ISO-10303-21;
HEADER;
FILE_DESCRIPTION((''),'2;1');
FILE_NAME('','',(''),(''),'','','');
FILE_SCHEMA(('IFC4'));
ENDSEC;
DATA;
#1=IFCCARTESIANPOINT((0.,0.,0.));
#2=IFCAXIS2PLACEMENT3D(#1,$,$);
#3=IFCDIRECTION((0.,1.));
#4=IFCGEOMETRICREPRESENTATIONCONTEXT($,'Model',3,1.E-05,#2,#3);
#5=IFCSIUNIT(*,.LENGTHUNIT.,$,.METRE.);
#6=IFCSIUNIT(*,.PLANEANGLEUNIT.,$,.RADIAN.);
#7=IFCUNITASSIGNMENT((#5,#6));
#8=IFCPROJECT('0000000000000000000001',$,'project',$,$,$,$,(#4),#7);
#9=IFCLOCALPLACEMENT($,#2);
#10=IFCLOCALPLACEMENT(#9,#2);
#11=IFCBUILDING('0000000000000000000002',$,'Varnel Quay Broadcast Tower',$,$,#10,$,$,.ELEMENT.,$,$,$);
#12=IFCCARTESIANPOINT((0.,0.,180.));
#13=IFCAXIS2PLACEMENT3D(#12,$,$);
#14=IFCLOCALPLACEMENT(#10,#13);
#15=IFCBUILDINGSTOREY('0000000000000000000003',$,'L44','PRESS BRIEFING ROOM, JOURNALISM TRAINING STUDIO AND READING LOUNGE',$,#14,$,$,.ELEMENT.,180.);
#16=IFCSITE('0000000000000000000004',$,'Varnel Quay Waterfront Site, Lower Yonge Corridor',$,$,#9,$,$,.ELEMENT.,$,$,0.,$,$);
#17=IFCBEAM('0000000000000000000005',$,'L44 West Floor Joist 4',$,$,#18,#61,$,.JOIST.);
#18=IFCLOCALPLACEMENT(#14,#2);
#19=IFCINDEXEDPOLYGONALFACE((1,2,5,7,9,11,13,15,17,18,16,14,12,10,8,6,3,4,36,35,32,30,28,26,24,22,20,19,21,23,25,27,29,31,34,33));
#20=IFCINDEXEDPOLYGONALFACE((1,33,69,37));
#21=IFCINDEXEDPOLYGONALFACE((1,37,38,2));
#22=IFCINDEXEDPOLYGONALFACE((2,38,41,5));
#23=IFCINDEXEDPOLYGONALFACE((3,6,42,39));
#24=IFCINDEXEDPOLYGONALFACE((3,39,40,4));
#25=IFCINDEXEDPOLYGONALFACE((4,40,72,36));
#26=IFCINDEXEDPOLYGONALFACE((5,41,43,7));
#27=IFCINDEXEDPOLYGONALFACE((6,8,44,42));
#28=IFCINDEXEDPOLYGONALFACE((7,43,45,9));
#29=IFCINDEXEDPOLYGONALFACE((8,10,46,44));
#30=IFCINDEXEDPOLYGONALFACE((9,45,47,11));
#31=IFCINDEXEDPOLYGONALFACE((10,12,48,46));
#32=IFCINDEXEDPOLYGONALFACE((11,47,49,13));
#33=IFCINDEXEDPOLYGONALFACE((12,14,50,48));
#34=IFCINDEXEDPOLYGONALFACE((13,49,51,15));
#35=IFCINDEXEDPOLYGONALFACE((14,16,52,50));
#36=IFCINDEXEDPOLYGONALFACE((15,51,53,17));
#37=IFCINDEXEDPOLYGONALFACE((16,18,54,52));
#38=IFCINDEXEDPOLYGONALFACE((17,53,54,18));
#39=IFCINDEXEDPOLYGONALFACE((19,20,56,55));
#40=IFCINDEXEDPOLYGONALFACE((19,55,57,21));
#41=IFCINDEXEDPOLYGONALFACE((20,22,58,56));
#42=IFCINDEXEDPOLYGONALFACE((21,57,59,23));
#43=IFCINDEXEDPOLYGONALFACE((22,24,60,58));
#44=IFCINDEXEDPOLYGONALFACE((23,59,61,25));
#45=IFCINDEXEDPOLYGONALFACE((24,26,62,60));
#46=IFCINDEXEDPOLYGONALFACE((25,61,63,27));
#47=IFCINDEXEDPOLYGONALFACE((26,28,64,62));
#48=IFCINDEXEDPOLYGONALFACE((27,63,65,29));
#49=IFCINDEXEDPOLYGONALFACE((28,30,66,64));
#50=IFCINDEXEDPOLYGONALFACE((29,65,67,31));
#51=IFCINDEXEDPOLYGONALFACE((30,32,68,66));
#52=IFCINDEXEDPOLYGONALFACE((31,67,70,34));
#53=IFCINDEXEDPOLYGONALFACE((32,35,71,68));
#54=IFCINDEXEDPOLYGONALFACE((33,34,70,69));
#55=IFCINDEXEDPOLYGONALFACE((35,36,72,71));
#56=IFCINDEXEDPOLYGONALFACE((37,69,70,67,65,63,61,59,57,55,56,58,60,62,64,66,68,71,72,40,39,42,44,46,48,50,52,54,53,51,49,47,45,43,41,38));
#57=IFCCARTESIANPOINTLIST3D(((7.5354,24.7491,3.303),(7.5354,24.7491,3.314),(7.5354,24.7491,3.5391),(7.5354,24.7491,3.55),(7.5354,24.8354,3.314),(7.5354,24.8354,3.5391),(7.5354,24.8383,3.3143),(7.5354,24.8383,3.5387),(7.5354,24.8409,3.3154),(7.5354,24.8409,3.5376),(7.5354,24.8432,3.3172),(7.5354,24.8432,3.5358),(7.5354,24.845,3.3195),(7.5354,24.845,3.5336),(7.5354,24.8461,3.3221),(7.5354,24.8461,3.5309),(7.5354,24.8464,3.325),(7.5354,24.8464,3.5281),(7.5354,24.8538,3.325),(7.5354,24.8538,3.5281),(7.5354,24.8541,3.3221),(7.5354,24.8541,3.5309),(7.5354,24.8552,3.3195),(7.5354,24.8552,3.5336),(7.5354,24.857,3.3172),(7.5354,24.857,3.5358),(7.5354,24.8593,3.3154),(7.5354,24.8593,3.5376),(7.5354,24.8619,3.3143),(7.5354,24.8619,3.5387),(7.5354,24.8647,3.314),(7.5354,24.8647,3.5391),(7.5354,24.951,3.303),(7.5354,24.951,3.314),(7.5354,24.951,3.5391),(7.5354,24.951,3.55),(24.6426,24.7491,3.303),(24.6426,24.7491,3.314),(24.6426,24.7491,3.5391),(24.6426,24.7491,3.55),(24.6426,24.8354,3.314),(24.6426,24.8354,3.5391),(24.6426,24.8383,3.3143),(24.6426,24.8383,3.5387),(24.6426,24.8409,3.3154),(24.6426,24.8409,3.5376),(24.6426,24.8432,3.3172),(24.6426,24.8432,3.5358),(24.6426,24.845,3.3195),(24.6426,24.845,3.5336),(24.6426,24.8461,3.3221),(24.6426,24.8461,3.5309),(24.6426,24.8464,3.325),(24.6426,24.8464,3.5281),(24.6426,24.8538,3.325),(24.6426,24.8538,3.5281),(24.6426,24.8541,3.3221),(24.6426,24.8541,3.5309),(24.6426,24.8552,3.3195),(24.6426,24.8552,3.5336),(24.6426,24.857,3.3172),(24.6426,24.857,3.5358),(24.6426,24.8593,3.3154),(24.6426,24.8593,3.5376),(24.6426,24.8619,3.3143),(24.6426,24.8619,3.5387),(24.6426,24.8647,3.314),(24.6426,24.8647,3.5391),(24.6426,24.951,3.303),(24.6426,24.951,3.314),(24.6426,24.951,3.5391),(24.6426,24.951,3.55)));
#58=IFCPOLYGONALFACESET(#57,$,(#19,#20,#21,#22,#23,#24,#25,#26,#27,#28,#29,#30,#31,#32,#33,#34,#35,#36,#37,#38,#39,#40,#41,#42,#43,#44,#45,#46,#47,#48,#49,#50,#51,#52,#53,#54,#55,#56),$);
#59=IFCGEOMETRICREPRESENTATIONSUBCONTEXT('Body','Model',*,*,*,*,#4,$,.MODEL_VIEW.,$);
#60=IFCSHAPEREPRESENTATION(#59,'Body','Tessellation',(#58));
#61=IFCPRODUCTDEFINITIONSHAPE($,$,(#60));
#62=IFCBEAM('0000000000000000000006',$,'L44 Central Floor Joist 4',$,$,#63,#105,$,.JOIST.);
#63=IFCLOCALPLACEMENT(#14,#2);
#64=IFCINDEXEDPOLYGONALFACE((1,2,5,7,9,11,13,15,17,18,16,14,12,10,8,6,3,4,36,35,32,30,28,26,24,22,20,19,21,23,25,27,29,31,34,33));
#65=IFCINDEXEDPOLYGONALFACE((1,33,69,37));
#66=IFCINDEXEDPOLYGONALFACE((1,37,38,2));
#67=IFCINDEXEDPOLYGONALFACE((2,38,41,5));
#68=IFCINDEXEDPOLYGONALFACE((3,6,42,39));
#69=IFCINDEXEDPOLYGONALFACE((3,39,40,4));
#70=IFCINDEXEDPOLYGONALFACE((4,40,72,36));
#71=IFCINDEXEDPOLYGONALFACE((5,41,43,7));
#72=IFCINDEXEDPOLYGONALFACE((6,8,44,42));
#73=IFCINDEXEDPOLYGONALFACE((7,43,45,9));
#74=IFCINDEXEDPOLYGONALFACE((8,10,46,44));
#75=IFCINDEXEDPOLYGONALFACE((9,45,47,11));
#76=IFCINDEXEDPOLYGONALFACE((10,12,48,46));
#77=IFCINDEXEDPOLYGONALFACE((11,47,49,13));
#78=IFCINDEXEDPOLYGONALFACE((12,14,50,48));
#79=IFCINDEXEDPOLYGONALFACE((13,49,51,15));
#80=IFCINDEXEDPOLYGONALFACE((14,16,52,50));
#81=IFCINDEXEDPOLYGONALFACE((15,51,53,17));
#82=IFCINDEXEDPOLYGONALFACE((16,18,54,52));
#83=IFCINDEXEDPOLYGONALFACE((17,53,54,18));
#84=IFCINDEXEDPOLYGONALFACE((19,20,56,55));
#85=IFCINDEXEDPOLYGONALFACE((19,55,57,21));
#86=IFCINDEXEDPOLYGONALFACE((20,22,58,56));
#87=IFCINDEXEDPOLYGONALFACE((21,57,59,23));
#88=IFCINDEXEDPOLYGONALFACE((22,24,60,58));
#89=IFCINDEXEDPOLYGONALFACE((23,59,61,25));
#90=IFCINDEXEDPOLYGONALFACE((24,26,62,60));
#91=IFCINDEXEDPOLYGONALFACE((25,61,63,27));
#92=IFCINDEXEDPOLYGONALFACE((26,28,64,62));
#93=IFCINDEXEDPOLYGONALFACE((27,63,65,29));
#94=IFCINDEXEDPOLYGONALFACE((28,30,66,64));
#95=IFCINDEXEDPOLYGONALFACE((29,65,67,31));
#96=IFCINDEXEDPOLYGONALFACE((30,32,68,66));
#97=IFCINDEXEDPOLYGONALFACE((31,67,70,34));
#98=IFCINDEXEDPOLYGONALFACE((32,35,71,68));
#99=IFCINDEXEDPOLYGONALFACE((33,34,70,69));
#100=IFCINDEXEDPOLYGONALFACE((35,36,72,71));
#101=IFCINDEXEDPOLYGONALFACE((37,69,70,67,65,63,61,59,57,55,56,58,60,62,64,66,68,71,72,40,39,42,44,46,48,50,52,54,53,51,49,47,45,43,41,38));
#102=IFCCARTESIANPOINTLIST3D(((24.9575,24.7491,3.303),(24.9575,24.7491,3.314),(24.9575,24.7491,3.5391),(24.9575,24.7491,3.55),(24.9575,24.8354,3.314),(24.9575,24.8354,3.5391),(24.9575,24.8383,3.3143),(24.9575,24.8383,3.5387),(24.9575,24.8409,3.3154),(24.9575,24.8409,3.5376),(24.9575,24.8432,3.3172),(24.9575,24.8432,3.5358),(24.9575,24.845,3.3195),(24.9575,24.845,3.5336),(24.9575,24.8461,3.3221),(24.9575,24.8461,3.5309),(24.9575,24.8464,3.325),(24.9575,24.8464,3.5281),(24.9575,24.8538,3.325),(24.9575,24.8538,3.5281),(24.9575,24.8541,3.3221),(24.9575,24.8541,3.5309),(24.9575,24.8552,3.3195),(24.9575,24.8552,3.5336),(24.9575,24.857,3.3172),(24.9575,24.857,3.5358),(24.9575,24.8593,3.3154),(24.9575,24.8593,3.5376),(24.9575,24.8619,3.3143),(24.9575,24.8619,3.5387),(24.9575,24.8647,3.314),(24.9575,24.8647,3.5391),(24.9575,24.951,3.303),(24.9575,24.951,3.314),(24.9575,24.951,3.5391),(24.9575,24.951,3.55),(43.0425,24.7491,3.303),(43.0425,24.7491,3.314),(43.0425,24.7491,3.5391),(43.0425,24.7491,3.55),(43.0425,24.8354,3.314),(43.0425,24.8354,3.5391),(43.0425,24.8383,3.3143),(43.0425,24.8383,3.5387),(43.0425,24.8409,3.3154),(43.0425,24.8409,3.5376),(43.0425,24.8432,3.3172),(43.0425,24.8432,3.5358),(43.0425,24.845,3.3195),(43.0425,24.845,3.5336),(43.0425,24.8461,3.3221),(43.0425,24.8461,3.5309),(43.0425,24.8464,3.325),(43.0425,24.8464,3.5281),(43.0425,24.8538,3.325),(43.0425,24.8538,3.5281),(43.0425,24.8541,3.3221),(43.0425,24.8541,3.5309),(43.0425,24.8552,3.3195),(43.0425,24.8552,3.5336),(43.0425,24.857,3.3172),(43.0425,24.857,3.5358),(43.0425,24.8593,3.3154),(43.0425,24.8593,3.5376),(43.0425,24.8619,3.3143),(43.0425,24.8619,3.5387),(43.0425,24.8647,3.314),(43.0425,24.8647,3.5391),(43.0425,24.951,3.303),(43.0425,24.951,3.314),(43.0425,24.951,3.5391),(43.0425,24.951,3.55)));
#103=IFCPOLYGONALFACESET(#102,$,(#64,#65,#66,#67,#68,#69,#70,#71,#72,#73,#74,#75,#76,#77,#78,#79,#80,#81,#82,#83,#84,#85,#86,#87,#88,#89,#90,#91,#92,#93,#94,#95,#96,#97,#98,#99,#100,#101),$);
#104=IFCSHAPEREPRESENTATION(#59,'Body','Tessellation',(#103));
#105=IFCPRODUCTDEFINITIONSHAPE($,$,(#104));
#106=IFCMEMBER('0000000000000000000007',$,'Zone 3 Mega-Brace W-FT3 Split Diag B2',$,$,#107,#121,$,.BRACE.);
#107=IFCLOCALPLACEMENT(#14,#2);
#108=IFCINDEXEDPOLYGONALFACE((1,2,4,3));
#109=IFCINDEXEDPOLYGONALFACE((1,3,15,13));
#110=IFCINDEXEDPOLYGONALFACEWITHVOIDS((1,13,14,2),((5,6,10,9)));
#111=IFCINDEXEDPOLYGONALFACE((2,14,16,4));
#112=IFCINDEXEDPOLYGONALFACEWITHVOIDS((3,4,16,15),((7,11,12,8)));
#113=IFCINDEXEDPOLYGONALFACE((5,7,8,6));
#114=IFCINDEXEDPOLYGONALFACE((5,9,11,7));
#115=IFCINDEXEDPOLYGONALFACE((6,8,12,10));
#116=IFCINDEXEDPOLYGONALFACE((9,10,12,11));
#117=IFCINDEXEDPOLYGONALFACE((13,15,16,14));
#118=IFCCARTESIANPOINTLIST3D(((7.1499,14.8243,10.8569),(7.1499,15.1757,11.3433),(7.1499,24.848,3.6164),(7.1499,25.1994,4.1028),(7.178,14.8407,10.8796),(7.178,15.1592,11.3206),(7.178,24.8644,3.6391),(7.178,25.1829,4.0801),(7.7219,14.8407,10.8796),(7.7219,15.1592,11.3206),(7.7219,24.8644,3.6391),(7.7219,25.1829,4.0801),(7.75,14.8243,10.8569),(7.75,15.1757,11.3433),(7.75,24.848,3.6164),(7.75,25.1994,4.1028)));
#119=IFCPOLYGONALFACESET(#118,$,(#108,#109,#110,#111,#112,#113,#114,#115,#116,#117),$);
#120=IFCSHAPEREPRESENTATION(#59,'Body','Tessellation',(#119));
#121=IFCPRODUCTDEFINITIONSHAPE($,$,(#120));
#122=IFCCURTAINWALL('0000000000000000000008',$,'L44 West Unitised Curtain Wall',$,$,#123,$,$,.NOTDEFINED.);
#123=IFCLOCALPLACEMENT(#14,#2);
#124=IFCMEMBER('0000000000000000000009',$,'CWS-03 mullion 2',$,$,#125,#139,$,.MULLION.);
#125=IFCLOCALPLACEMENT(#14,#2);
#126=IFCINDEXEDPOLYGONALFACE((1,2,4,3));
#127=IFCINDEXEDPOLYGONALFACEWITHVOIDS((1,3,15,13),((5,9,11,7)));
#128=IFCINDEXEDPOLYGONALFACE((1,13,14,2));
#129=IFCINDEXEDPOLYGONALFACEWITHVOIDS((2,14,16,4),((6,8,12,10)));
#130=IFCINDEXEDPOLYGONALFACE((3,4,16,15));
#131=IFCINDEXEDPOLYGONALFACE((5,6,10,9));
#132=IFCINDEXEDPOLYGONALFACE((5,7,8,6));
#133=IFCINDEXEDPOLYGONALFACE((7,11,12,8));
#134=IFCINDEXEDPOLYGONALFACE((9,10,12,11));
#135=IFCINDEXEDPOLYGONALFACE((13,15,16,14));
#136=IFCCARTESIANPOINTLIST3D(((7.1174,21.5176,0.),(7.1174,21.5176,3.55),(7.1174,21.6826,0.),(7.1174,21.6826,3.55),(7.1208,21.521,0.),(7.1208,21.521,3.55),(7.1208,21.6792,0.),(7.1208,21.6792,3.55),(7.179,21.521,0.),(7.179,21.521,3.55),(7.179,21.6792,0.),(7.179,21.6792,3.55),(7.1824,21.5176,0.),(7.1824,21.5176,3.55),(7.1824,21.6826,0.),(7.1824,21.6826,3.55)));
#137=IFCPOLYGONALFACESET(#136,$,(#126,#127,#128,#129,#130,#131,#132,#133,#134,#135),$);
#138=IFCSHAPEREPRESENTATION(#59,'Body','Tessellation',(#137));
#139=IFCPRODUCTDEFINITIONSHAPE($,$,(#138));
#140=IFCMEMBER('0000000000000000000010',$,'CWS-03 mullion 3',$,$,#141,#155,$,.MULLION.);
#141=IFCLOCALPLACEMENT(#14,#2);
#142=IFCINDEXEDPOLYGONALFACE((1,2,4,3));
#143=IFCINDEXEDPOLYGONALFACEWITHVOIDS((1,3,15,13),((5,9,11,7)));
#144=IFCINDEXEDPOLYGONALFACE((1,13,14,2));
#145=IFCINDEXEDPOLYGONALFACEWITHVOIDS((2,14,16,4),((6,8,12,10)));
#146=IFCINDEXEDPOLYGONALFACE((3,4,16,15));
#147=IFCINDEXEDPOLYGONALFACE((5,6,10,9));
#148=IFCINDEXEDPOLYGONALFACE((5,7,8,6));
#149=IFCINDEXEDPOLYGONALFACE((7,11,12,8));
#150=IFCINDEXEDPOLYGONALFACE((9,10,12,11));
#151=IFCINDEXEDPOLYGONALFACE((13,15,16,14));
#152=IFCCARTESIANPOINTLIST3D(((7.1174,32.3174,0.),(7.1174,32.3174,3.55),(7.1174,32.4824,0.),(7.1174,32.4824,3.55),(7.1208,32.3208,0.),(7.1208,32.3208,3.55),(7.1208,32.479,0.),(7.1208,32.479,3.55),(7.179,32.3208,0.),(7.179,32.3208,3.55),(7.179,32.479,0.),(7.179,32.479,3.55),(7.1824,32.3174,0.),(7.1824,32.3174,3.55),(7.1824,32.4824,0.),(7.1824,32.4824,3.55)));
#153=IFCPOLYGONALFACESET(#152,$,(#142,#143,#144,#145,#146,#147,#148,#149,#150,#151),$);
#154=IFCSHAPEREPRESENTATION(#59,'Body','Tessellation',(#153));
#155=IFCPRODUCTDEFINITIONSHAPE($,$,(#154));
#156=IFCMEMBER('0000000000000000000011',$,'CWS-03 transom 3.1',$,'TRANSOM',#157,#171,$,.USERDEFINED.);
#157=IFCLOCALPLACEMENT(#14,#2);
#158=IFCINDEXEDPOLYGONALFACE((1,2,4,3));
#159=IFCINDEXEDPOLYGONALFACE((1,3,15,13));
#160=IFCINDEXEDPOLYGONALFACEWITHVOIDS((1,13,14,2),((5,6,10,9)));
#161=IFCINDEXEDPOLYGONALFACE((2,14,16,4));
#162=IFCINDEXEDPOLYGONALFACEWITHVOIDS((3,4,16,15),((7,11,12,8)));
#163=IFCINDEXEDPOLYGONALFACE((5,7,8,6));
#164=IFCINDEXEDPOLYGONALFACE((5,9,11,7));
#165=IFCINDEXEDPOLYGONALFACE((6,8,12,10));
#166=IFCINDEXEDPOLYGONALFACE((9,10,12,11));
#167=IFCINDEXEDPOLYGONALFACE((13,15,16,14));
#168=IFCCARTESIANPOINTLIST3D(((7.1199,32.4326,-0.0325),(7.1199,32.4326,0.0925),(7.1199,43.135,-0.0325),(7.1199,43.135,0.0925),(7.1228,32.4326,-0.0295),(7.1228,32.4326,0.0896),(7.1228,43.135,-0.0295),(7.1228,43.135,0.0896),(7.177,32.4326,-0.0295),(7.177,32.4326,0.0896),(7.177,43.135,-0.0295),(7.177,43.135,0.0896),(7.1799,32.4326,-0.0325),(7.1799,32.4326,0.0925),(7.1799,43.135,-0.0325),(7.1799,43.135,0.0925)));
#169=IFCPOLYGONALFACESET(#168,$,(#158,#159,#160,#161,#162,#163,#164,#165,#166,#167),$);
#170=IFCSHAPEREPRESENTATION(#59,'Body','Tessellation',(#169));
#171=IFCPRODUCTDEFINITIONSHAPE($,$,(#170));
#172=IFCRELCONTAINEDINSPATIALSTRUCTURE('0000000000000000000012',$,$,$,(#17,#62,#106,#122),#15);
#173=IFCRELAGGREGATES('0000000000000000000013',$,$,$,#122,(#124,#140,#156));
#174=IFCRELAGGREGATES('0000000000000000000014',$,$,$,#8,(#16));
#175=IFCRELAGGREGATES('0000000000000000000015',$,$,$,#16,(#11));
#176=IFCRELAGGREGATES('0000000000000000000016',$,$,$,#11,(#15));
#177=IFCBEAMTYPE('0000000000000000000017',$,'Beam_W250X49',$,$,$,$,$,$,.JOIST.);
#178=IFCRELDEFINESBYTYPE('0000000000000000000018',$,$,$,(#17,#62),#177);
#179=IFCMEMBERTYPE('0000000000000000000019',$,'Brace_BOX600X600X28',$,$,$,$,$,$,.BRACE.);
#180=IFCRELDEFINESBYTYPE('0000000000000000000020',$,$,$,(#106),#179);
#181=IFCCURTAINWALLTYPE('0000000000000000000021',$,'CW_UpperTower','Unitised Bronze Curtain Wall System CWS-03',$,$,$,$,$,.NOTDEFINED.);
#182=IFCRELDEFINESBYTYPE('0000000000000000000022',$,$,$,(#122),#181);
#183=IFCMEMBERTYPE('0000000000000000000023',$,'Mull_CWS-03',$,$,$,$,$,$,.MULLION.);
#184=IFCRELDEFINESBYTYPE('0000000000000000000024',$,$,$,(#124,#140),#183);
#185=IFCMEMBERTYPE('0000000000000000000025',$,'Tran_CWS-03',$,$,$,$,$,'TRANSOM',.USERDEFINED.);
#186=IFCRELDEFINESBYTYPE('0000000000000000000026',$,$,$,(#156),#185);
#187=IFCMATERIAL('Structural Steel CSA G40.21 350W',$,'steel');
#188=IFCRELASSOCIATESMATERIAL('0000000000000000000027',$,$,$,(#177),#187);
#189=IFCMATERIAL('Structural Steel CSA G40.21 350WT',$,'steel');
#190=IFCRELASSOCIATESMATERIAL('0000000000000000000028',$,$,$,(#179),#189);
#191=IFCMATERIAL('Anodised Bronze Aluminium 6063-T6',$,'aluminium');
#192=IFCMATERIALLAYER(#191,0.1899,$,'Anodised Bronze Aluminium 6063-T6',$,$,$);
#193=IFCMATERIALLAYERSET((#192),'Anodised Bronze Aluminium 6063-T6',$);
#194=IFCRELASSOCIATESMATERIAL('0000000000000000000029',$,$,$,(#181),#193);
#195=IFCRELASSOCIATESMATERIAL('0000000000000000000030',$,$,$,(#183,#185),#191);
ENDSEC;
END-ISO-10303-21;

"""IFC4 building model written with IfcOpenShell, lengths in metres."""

from ifc_helpers import new_model, si_unit, direction, frame, origin, origin_2d, place, context, subcontext, project, spatial, hollow_rectangle, i_section, extrude, source, transform, mapped, material, layer, layer_set, material_profile, profile_set, type_object, type_shapes, element, aggregate, save


model = new_model("IFC4")

# Units and contexts
model_context = context("Model", 3, precision=1e-05, world=origin(), true_north=direction((0.0, 1.0)))
body_context = subcontext(model_context, "Body", "Model", "MODEL_VIEW")
ifc_project = project(units=[si_unit("LENGTHUNIT", "METRE"), si_unit("PLANEANGLEUNIT", "RADIAN")], contexts=[model_context])

# Site, building, storey
site_placement = place(None, origin())
site = spatial("IfcSite", under=ifc_project, at=site_placement, Name="Varnel Quay Waterfront Site, Lower Yonge Corridor", CompositionType="ELEMENT", RefElevation=0.0)
building_placement = place(site_placement, origin())
building = spatial("IfcBuilding", under=site, at=building_placement, Name="Varnel Quay Broadcast Tower", CompositionType="ELEMENT")
storey_placement = place(building_placement, frame((0.0, 0.0, 180.0)))
storey = spatial("IfcBuildingStorey", under=building, at=storey_placement, Name="L44", Description="PRESS BRIEFING ROOM, JOURNALISM TRAINING STUDIO AND READING LOUNGE", CompositionType="ELEMENT", Elevation=180.0)

# Shared definitions
ifc_material_1 = material(Name="Structural Steel CSA G40.21 350WT", Category="steel")
ifc_material_2 = material(Name="Structural Steel CSA G40.21 350W", Category="steel")

# Beams
ifc_material_profile_1 = material_profile(ifc_material_2, i_section(OverallWidth=0.2019, OverallDepth=0.2471, WebThickness=0.0073, FlangeThickness=0.011, FilletRadius=0.011, at=origin_2d()), Name="W250X49")
ifc_profile_set_1 = profile_set([ifc_material_profile_1], Name="Structural Steel CSA G40.21 350W")
beam_type_1 = type_object("IfcBeamType", Name="Beam_W250X49", PredefinedType="JOIST", material=ifc_profile_set_1)
shared_shape_1 = source(origin(), body_context, "Body", "SweptSolid", [
    extrude(i_section(OverallWidth=0.2019, OverallDepth=0.2471, WebThickness=0.0073, FlangeThickness=0.011, FilletRadius=0.011, at=origin_2d()), origin(), (0.0, 0.0, 1.0), 17.1072),
])
beam_1_placement = place(storey_placement, frame((7.5354, 24.8501, 3.4265), z_axis=(1.0, 0.0, 0.0), x_axis=(0.0, 1.0, 0.0)))
element("IfcBeam", 1, at=beam_1_placement, inside=storey, type_object=beam_type_1, Name="L44 West Floor Joist 4", PredefinedType="JOIST", context=body_context, shape_type="MappedRepresentation", body=[
    mapped(shared_shape_1, transform((0.0, 0.0, 0.0), x_axis=(1.0, 0.0, 0.0), y_axis=(0.0, 1.0, 0.0), z_axis=(0.0, 0.0, 1.0), scale=1.0)),
])
shared_shape_2 = source(origin(), body_context, "Body", "SweptSolid", [
    extrude(i_section(OverallWidth=0.2019, OverallDepth=0.2471, WebThickness=0.0073, FlangeThickness=0.011, FilletRadius=0.011, at=origin_2d()), origin(), (0.0, 0.0, 1.0), 18.085),
])
type_shapes(beam_type_1, [shared_shape_1, shared_shape_2])
beam_2_placement = place(storey_placement, frame((24.9575, 24.8501, 3.4265), z_axis=(1.0, 0.0, 0.0), x_axis=(0.0, 1.0, 0.0)))
element("IfcBeam", 2, at=beam_2_placement, inside=storey, type_object=beam_type_1, Name="L44 Central Floor Joist 4", PredefinedType="JOIST", context=body_context, shape_type="MappedRepresentation", body=[
    mapped(shared_shape_2, transform((0.0, 0.0, 0.0), x_axis=(1.0, 0.0, 0.0), y_axis=(0.0, 1.0, 0.0), z_axis=(0.0, 0.0, 1.0), scale=1.0)),
])

# Member
ifc_material_profile_2 = material_profile(ifc_material_1, hollow_rectangle(XDim=0.6001, YDim=0.6001, WallThickness=0.0281, at=origin_2d()), Name="BOX600X600X28")
ifc_profile_set_2 = profile_set([ifc_material_profile_2], Name="Structural Steel CSA G40.21 350WT")
member_type_1 = type_object("IfcMemberType", Name="Brace_BOX600X600X28", PredefinedType="BRACE", material=ifc_profile_set_2)
shared_shape_3 = source(origin(), body_context, "Body", "SweptSolid", [
    extrude(hollow_rectangle(XDim=0.6001, YDim=0.6001, WallThickness=0.0281, at=origin_2d()), origin(), (0.0, 0.0, 1.0), 12.3652),
])
type_shapes(member_type_1, [shared_shape_3])
member_1_placement = place(storey_placement, frame((7.45, 25.0237, 3.8596), z_axis=(0.0, -0.810635, 0.585552), x_axis=(1.0, 0.0, 0.0)))
element("IfcMember", 3, at=member_1_placement, inside=storey, type_object=member_type_1, Name="Zone 3 Mega-Brace W-FT3 Split Diag B2", PredefinedType="BRACE", context=body_context, shape_type="MappedRepresentation", body=[
    mapped(shared_shape_3, transform((0.0, 0.0, 0.0), x_axis=(1.0, 0.0, 0.0), y_axis=(0.0, 1.0, 0.0), z_axis=(0.0, 0.0, 1.0), scale=1.0)),
])

# Curtain wall, members
ifc_material_3 = material(Name="Anodised Bronze Aluminium 6063-T6", Category="aluminium")
ifc_layer_1 = layer(ifc_material_3, 0.1899, Name="Anodised Bronze Aluminium 6063-T6")
ifc_layer_set_1 = layer_set([ifc_layer_1], Name="Anodised Bronze Aluminium 6063-T6")
curtain_wall_type = type_object("IfcCurtainWallType", Name="CW_UpperTower", Description="Unitised Bronze Curtain Wall System CWS-03", PredefinedType="NOTDEFINED", material=ifc_layer_set_1)
curtain_wall_placement = place(storey_placement, origin())
curtain_wall = element("IfcCurtainWall", 4, at=curtain_wall_placement, inside=storey, type_object=curtain_wall_type, Name="L44 West Unitised Curtain Wall", PredefinedType="NOTDEFINED")
ifc_material_profile_3 = material_profile(ifc_material_3, hollow_rectangle(XDim=0.0649, YDim=0.165, WallThickness=0.0034, at=origin_2d()), Name="ALU65X165X3.5")
ifc_profile_set_3 = profile_set([ifc_material_profile_3], Name="Anodised Bronze Aluminium 6063-T6")
member_type_2 = type_object("IfcMemberType", Name="Mull_CWS-03", PredefinedType="MULLION", material=ifc_profile_set_3)
shared_shape_4 = source(origin(), body_context, "Body", "SweptSolid", [
    extrude(hollow_rectangle(XDim=0.0649, YDim=0.165, WallThickness=0.0034, at=origin_2d()), origin(), (0.0, 0.0, 1.0), 3.55),
])
type_shapes(member_type_2, [shared_shape_4])
member_2_placement = place(storey_placement, frame((7.1499, 21.6001, 0.0), z_axis=(0.0, 0.0, 1.0), x_axis=(-1.0, 0.0, 0.0)))
member_2 = element("IfcMember", 5, at=member_2_placement, type_object=member_type_2, Name="CWS-03 mullion 2", PredefinedType="MULLION", context=body_context, shape_type="MappedRepresentation", body=[
    mapped(shared_shape_4, transform((0.0, 0.0, 0.0), x_axis=(1.0, 0.0, 0.0), y_axis=(0.0, 1.0, 0.0), z_axis=(0.0, 0.0, 1.0), scale=1.0)),
])
member_3_placement = place(storey_placement, frame((7.1499, 32.3999, 0.0), z_axis=(0.0, 0.0, 1.0), x_axis=(-1.0, 0.0, 0.0)))
member_3 = element("IfcMember", 6, at=member_3_placement, type_object=member_type_2, Name="CWS-03 mullion 3", PredefinedType="MULLION", context=body_context, shape_type="MappedRepresentation", body=[
    mapped(shared_shape_4, transform((0.0, 0.0, 0.0), x_axis=(1.0, 0.0, 0.0), y_axis=(0.0, 1.0, 0.0), z_axis=(0.0, 0.0, 1.0), scale=1.0)),
])
ifc_material_profile_4 = material_profile(ifc_material_3, hollow_rectangle(XDim=0.0601, YDim=0.125, WallThickness=0.0029, at=origin_2d()), Name="ALU60X125X3")
ifc_profile_set_4 = profile_set([ifc_material_profile_4], Name="Anodised Bronze Aluminium 6063-T6")
member_type_3 = type_object("IfcMemberType", Name="Tran_CWS-03", ElementType="TRANSOM", PredefinedType="USERDEFINED", material=ifc_profile_set_4)
shared_shape_5 = source(origin(), body_context, "Body", "SweptSolid", [
    extrude(hollow_rectangle(XDim=0.0601, YDim=0.125, WallThickness=0.0029, at=origin_2d()), origin(), (0.0, 0.0, 1.0), 10.7024),
])
member_4_placement = place(storey_placement, frame((7.1499, 32.4326, 0.03), z_axis=(0.0, 1.0, 0.0), x_axis=(-1.0, 0.0, 0.0)))
member_4 = element("IfcMember", 7, at=member_4_placement, type_object=member_type_3, Name="CWS-03 transom 3.1", ObjectType="TRANSOM", PredefinedType="USERDEFINED", context=body_context, shape_type="MappedRepresentation", body=[
    mapped(shared_shape_5, transform((0.0, 0.0, 0.0), x_axis=(1.0, 0.0, 0.0), y_axis=(0.0, 1.0, 0.0), z_axis=(0.0, 0.0, 1.0), scale=1.0)),
])

aggregate(curtain_wall, [member_2, member_3, member_4])

save(model, "model.ifc")
